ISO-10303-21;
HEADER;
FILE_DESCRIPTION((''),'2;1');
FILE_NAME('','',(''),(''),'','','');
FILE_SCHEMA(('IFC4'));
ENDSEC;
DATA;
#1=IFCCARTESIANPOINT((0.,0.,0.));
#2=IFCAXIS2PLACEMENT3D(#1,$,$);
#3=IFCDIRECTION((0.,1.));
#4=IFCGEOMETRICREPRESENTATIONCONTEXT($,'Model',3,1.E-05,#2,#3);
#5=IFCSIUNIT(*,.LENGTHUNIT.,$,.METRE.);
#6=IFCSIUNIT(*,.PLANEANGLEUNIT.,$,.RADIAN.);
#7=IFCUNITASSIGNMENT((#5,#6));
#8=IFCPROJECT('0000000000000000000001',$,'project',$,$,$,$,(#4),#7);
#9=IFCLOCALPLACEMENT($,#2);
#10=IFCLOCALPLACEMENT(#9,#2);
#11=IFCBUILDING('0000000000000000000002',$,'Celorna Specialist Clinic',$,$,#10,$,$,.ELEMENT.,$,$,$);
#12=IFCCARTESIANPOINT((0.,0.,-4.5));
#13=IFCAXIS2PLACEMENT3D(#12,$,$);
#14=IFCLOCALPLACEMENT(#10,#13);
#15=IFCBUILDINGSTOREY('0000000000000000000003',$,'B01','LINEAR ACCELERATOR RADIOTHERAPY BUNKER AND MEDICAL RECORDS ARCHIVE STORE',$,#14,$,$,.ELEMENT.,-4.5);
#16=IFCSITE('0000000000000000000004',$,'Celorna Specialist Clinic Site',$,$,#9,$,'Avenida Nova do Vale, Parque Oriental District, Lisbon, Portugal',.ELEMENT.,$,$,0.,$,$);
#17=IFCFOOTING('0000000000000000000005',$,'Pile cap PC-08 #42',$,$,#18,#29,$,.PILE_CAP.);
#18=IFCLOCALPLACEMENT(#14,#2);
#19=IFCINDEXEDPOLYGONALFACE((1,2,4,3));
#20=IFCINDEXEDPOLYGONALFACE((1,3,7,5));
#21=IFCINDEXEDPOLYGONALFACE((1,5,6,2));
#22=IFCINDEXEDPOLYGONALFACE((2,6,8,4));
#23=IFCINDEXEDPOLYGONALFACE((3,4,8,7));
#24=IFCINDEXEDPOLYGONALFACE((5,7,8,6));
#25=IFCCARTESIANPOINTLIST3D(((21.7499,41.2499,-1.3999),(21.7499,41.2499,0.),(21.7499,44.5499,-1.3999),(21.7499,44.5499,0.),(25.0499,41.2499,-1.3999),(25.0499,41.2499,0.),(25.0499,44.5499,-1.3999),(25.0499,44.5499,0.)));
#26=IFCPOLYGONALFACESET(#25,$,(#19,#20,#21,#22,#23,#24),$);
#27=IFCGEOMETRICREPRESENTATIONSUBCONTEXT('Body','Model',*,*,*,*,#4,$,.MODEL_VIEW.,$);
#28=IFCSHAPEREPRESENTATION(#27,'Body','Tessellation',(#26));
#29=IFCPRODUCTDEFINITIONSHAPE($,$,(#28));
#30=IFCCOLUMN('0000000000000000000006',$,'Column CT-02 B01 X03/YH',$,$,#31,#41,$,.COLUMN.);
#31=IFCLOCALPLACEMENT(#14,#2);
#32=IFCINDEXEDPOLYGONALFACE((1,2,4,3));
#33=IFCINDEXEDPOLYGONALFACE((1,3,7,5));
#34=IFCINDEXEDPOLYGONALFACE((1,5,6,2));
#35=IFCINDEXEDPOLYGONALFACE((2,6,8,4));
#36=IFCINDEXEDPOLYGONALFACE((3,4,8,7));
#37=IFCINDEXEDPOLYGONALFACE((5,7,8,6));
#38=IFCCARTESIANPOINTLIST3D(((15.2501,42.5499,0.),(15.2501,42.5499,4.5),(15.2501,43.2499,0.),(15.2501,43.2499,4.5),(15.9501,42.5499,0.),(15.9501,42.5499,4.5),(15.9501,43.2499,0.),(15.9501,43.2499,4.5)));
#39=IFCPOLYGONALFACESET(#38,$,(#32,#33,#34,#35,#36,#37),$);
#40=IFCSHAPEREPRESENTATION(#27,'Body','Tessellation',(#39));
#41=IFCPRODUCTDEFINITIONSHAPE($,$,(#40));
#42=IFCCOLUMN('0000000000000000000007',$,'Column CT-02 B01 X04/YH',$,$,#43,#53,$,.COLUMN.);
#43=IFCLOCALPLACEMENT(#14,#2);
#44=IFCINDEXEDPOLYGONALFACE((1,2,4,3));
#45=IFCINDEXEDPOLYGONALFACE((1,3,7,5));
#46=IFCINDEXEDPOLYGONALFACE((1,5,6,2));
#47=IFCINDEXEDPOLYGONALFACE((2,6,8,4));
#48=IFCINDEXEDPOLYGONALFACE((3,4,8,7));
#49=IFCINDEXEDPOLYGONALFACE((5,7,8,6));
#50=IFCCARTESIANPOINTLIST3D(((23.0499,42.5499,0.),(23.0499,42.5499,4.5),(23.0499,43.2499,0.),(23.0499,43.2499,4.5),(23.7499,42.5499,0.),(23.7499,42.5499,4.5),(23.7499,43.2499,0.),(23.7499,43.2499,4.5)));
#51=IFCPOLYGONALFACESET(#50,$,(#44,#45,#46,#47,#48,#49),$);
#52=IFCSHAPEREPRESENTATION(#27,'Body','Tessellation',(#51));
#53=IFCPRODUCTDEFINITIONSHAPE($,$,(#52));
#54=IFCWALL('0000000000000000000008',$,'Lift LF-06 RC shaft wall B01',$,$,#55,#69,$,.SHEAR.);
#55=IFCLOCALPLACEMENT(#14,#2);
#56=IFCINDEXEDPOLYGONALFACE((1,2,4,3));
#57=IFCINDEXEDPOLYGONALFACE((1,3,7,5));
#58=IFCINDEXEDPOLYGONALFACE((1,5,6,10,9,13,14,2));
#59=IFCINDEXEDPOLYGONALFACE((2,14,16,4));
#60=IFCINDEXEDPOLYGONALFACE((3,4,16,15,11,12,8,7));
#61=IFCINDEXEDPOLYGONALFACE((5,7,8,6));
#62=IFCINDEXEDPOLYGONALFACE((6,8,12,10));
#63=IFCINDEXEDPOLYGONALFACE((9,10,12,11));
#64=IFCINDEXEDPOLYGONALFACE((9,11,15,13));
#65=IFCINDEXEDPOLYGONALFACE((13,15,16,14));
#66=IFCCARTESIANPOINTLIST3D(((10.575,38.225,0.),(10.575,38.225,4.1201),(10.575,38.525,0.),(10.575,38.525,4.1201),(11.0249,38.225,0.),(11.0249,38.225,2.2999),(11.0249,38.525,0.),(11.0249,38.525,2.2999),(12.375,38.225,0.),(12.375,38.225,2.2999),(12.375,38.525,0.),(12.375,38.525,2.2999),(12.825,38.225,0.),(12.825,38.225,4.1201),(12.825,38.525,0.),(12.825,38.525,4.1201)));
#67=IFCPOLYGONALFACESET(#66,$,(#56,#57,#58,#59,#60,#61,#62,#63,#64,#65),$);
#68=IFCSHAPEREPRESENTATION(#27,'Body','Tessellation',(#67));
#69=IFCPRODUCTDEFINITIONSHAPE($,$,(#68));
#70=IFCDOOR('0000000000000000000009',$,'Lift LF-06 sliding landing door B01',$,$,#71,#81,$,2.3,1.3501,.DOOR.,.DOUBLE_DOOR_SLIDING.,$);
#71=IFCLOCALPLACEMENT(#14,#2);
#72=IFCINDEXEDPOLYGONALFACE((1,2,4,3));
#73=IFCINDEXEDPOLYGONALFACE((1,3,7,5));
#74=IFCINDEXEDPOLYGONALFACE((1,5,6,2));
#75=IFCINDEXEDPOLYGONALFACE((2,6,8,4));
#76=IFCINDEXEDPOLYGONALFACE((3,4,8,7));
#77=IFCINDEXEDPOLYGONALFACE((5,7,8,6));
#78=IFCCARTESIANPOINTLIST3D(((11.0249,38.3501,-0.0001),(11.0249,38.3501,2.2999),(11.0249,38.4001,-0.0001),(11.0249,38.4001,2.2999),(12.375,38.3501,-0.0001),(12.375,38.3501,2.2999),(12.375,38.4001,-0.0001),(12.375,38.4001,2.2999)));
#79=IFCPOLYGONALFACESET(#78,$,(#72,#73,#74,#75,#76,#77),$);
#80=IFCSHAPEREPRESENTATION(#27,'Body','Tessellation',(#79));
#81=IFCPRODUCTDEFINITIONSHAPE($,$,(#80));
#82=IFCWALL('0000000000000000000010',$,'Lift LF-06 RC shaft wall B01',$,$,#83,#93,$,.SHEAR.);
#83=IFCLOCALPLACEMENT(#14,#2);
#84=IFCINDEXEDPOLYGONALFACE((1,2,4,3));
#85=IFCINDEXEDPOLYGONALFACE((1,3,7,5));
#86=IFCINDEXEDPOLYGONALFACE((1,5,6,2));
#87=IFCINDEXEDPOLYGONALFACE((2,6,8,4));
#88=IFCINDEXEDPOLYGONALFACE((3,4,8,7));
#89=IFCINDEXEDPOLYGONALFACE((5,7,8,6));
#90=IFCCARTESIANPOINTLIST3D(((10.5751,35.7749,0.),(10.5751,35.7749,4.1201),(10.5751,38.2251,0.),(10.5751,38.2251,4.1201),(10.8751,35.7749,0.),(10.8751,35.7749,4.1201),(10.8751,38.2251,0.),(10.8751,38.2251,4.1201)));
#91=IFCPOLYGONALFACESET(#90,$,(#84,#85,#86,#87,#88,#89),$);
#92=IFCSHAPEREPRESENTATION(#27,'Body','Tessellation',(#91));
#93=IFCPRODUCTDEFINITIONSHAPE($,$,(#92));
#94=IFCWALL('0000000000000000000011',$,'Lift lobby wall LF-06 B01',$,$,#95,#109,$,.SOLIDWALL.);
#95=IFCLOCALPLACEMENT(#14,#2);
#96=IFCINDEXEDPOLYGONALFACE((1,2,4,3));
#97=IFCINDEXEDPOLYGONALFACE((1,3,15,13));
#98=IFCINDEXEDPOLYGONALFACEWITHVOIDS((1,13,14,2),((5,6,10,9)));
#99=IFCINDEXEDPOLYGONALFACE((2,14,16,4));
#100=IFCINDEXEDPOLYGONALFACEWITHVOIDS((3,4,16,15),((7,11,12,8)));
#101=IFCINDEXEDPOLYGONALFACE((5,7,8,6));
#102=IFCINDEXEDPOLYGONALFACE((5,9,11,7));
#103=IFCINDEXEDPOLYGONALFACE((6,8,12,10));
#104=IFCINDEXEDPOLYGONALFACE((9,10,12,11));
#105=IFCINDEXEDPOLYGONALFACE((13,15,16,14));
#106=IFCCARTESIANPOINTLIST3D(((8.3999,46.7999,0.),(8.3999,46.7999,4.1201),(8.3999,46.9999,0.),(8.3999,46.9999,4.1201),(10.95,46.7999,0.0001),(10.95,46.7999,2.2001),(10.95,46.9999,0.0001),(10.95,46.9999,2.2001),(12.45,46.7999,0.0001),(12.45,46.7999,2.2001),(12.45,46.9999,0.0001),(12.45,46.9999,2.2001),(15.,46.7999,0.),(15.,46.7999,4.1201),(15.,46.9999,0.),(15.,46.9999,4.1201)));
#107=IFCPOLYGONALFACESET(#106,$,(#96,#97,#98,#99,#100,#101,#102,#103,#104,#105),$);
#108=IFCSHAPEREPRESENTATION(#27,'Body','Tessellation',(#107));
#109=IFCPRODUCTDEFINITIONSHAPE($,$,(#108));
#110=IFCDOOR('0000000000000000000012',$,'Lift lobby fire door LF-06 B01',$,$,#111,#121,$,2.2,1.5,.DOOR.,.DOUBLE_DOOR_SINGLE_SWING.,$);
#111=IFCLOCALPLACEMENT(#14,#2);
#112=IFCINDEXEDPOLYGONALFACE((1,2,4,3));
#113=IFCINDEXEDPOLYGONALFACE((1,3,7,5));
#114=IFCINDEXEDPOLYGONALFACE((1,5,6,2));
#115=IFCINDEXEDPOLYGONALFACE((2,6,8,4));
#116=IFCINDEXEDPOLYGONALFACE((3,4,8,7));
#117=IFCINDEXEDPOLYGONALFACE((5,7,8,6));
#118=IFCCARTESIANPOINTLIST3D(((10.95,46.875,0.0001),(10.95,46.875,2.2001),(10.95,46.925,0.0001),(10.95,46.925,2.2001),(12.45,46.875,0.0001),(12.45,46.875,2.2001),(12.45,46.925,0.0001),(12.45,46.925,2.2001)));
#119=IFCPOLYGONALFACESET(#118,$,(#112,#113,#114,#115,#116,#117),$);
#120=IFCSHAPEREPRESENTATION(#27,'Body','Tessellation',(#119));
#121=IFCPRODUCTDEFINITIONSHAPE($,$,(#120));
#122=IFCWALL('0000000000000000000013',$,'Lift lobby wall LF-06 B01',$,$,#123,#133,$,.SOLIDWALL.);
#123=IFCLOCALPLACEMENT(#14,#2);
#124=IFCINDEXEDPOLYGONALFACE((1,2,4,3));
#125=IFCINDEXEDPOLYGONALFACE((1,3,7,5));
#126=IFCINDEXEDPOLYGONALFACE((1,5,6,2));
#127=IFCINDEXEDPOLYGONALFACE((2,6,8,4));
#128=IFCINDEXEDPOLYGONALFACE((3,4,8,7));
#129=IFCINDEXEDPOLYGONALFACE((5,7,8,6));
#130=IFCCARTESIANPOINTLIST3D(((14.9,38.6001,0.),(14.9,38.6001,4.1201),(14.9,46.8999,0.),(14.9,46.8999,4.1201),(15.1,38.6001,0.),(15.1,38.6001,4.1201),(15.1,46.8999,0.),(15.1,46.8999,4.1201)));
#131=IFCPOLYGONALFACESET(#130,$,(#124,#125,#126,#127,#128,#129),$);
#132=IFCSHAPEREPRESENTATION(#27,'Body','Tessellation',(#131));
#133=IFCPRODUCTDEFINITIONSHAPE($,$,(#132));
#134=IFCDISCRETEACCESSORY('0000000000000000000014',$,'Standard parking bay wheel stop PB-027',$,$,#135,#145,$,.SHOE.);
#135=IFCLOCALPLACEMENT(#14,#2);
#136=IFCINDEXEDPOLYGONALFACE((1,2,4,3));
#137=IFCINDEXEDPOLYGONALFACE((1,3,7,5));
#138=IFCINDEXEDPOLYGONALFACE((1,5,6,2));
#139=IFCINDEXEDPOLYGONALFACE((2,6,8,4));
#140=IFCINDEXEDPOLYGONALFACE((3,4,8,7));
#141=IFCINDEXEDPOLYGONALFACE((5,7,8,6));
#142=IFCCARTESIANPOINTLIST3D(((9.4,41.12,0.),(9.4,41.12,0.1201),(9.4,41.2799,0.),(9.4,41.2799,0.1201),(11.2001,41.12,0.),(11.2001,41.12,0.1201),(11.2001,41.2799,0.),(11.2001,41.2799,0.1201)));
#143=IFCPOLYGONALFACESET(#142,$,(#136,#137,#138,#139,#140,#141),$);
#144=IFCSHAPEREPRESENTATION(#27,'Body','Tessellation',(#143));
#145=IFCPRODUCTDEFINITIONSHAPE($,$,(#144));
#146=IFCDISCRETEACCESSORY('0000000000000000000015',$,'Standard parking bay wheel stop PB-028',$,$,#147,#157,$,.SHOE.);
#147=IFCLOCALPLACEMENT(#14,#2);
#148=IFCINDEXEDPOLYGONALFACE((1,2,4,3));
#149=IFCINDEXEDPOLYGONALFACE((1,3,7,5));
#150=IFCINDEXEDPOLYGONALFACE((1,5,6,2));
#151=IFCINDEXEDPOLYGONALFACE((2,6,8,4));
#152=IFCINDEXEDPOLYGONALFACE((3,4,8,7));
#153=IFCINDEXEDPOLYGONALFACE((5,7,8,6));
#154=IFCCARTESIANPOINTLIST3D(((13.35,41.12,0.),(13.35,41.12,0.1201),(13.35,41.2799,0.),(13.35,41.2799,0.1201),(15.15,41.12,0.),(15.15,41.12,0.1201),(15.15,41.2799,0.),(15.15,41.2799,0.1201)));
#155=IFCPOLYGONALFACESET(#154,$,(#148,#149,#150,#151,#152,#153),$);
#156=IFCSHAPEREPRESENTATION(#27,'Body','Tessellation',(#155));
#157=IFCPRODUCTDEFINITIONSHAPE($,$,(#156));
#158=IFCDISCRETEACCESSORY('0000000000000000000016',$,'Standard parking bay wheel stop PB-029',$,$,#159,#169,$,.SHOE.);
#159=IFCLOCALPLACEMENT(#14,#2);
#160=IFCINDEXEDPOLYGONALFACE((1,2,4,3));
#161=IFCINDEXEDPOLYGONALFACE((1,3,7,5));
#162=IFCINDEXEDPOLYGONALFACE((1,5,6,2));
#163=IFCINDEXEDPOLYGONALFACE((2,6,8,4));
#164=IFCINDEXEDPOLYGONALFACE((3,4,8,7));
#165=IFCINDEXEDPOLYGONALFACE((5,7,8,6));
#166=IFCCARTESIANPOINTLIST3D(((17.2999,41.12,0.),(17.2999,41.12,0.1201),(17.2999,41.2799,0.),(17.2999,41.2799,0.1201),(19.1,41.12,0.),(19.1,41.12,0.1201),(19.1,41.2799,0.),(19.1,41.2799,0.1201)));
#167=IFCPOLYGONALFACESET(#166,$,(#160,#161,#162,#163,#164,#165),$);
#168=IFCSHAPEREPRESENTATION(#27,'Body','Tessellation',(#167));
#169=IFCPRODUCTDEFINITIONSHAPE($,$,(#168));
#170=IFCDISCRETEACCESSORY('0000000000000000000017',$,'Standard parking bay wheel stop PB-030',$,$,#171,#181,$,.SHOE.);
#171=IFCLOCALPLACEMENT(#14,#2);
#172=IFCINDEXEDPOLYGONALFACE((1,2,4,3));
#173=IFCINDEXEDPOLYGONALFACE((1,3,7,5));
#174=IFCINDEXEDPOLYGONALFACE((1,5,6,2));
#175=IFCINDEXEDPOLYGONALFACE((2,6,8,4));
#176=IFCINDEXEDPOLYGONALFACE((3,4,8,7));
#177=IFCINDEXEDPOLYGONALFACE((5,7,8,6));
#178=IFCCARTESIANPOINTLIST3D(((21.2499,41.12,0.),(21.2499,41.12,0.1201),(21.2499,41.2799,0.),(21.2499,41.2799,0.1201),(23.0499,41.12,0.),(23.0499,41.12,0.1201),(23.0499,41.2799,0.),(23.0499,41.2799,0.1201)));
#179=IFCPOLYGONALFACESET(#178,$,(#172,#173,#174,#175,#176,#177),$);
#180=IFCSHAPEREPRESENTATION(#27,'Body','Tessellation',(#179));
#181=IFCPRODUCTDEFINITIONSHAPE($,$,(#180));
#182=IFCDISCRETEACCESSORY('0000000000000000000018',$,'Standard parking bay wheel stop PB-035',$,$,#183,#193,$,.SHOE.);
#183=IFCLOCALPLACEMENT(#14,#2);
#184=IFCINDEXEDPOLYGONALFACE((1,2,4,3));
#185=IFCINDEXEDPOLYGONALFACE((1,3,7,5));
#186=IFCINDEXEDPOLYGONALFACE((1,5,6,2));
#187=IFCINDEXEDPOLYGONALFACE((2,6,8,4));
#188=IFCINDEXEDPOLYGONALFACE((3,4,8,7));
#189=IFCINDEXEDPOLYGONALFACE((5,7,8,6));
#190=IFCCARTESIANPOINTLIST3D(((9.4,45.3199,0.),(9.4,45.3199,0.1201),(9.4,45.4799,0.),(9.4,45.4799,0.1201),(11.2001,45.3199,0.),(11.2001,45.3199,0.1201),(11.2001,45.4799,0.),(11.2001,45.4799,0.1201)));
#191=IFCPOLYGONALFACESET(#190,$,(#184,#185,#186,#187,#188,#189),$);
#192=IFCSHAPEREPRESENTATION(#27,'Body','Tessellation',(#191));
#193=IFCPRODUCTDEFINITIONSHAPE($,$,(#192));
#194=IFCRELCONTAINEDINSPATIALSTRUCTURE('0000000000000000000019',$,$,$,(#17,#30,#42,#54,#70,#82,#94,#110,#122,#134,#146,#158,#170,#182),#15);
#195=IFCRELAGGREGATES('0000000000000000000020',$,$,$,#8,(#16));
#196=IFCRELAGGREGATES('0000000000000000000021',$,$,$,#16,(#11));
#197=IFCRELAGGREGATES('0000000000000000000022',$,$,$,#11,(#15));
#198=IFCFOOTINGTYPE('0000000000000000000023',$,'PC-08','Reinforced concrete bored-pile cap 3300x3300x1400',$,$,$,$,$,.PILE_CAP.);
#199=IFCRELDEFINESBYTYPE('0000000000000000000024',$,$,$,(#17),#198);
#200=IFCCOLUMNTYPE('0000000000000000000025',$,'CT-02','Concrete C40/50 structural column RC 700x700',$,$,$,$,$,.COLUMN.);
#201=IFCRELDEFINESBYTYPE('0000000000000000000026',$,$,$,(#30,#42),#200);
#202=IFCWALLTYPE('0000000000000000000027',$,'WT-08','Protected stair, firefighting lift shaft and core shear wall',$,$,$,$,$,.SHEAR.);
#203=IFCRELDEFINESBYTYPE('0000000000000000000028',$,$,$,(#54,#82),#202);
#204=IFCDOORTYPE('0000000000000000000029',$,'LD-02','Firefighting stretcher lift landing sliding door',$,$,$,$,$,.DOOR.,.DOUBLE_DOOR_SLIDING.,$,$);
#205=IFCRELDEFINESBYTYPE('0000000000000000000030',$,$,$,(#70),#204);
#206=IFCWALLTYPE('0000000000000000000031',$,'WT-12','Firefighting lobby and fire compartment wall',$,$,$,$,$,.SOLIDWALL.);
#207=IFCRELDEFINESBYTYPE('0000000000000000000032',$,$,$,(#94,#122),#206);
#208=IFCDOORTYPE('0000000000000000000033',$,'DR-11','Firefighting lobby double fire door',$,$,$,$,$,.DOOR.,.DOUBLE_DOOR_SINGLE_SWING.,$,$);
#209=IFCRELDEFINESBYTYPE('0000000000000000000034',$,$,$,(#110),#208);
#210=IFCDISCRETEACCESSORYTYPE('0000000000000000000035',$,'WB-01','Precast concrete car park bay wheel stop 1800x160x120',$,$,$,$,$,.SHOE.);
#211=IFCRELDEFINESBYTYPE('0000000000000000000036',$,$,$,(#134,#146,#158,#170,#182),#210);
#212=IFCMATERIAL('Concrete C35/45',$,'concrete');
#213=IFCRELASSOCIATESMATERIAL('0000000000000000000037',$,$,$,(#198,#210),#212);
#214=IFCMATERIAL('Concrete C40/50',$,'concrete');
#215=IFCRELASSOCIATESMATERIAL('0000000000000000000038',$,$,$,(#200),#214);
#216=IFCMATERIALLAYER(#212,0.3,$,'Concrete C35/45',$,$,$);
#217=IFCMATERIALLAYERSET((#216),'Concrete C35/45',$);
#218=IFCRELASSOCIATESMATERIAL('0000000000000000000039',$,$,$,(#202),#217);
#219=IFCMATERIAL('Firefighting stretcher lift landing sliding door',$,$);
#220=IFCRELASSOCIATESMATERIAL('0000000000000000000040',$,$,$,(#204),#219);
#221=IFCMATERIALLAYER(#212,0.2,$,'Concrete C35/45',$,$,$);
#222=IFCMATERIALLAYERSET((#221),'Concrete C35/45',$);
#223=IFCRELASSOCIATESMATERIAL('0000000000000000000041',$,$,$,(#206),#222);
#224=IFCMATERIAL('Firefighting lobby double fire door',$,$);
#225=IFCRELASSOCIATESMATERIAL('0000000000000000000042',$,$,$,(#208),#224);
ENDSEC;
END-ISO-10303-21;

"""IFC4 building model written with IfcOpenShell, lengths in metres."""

from ifc_helpers import new_model, si_unit, direction, frame, frame_2d, origin, origin_2d, place, context, subcontext, project, spatial, rectangle, extrude, material, layer, layer_set, material_profile, profile_set, type_object, element, fill, save


model = new_model("IFC4")

# Units and contexts
model_context = context("Model", 3, precision=1e-05, world=origin(), true_north=direction((0.0, 1.0)))
body_context = subcontext(model_context, "Body", "Model", "MODEL_VIEW")
ifc_project = project(units=[si_unit("LENGTHUNIT", "METRE"), si_unit("PLANEANGLEUNIT", "RADIAN")], contexts=[model_context])

# Site, building, storey
site_placement = place(None, origin())
site = spatial("IfcSite", under=ifc_project, at=site_placement, Name="Celorna Specialist Clinic Site", LongName="Avenida Nova do Vale, Parque Oriental District, Lisbon, Portugal", CompositionType="ELEMENT", RefElevation=0.0)
building_placement = place(site_placement, origin())
building = spatial("IfcBuilding", under=site, at=building_placement, Name="Celorna Specialist Clinic", CompositionType="ELEMENT")
storey_placement = place(building_placement, frame((0.0, 0.0, -4.5)))
storey = spatial("IfcBuildingStorey", under=building, at=storey_placement, Name="B01", Description="LINEAR ACCELERATOR RADIOTHERAPY BUNKER AND MEDICAL RECORDS ARCHIVE STORE", CompositionType="ELEMENT", Elevation=-4.5)

# Shared definitions
ifc_material_1 = material(Name="Concrete C35/45", Category="concrete")

# Footing
footing_type_1 = type_object("IfcFootingType", Name="PC-08", Description="Reinforced concrete bored-pile cap 3300x3300x1400", PredefinedType="PILE_CAP", material=ifc_material_1)
for number, where, z_axis, x_axis, name in (
    (1, (23.3999, 42.8999, -1.3999), (0.0, 0.0, 1.0), (1.0, 0.0, 0.0), "Pile cap PC-08 #42"),
):
    element("IfcFooting", number, at=place(storey_placement, frame(where, z_axis=z_axis, x_axis=x_axis)), inside=storey, type_object=footing_type_1, Name=name, PredefinedType="PILE_CAP", context=body_context, shape_type="SweptSolid", body=[
        extrude(rectangle(XDim=3.3, YDim=3.3, at=origin_2d()), origin(), (0.0, 0.0, 1.0), 1.3999),
    ])

# Columns
ifc_material_2 = material(Name="Concrete C40/50", Category="concrete")
ifc_material_profile_1 = material_profile(ifc_material_2, rectangle(XDim=0.7, YDim=0.7, at=origin_2d()), Name="RC 700x700")
ifc_profile_set_1 = profile_set([ifc_material_profile_1], Name="Concrete C40/50")
column_type = type_object("IfcColumnType", Name="CT-02", Description="Concrete C40/50 structural column RC 700x700", PredefinedType="COLUMN", material=ifc_profile_set_1)
for number, where, z_axis, x_axis, name in (
    (2, (15.6001, 42.8999, 0.0), (0.0, 0.0, 1.0), (1.0, 0.0, 0.0), "Column CT-02 B01 X03/YH"),
    (3, (23.3999, 42.8999, 0.0), (0.0, 0.0, 1.0), (1.0, 0.0, 0.0), "Column CT-02 B01 X04/YH"),
):
    element("IfcColumn", number, at=place(storey_placement, frame(where, z_axis=z_axis, x_axis=x_axis)), inside=storey, type_object=column_type, Name=name, PredefinedType="COLUMN", context=body_context, shape_type="SweptSolid", body=[
        extrude(rectangle(XDim=0.7, YDim=0.7, at=origin_2d()), origin(), (0.0, 0.0, 1.0), 4.5),
    ])

# Wall, opening, door
ifc_layer_1 = layer(ifc_material_1, 0.3, Name="Concrete C35/45")
ifc_layer_set_1 = layer_set([ifc_layer_1], Name="Concrete C35/45")
wall_type_1 = type_object("IfcWallType", Name="WT-08", Description="Protected stair, firefighting lift shaft and core shear wall", PredefinedType="SHEAR", material=ifc_layer_set_1)
wall_1_placement = place(storey_placement, frame((12.825, 38.375, 0.0), z_axis=(0.0, 0.0, 1.0), x_axis=(-1.0, 0.0, 0.0)))
wall_1 = element("IfcWall", 4, at=wall_1_placement, inside=storey, type_object=wall_type_1, Name="Lift LF-06 RC shaft wall B01", PredefinedType="SHEAR", context=body_context, shape_type="SweptSolid", body=[
    extrude(rectangle(XDim=2.25, YDim=0.3, at=frame_2d((1.125, 0.0))), origin(), (0.0, 0.0, 1.0), 4.1201),
])
opening_1_placement = place(wall_1_placement, frame((0.45, 0.0, 0.0)))
opening_1 = element("IfcOpeningElement", 5, at=opening_1_placement, cuts=wall_1, PredefinedType="OPENING", context=body_context, shape_type="SweptSolid", body=[
    extrude(rectangle(XDim=1.3501, YDim=2.3, at=frame_2d((0.675, 1.1499))), frame((0.0, 0.1599, 0.0), z_axis=(0.0, -1.0, 0.0), x_axis=(1.0, 0.0, 0.0)), (0.0, 0.0, 1.0), 0.3201),
])
ifc_material_3 = material(Name="Firefighting stretcher lift landing sliding door")
door_type_1 = type_object("IfcDoorType", Name="LD-02", Description="Firefighting stretcher lift landing sliding door", OperationType="DOUBLE_DOOR_SLIDING", PredefinedType="DOOR", material=ifc_material_3)
door_1_placement = place(opening_1_placement, origin())
door_1 = element("IfcDoor", 6, at=door_1_placement, inside=storey, type_object=door_type_1, Name="Lift LF-06 sliding landing door B01", OperationType="DOUBLE_DOOR_SLIDING", OverallHeight=2.3, OverallWidth=1.3501, PredefinedType="DOOR", context=body_context, shape_type="SweptSolid", body=[
    extrude(rectangle(XDim=1.3501, YDim=2.3, at=frame_2d((0.675, 1.1499))), frame((0.0, 0.0249, 0.0), z_axis=(0.0, -1.0, 0.0), x_axis=(1.0, 0.0, 0.0)), (0.0, 0.0, 1.0), 0.05),
])
fill(opening_1, door_1)

# Wall
wall_2_placement = place(storey_placement, frame((10.7251, 38.2251, 0.0), z_axis=(0.0, 0.0, 1.0), x_axis=(0.0, -1.0, 0.0)))
element("IfcWall", 7, at=wall_2_placement, inside=storey, type_object=wall_type_1, Name="Lift LF-06 RC shaft wall B01", PredefinedType="SHEAR", context=body_context, shape_type="SweptSolid", body=[
    extrude(rectangle(XDim=2.4502, YDim=0.3, at=frame_2d((1.2251, 0.0))), origin(), (0.0, 0.0, 1.0), 4.1201),
])

# Wall, opening, door
ifc_layer_2 = layer(ifc_material_1, 0.2, Name="Concrete C35/45")
ifc_layer_set_2 = layer_set([ifc_layer_2], Name="Concrete C35/45")
wall_type_2 = type_object("IfcWallType", Name="WT-12", Description="Firefighting lobby and fire compartment wall", PredefinedType="SOLIDWALL", material=ifc_layer_set_2)
wall_3_placement = place(storey_placement, frame((15.0, 46.8999, 0.0), z_axis=(0.0, 0.0, 1.0), x_axis=(-1.0, 0.0, 0.0)))
wall_3 = element("IfcWall", 8, at=wall_3_placement, inside=storey, type_object=wall_type_2, Name="Lift lobby wall LF-06 B01", PredefinedType="SOLIDWALL", context=body_context, shape_type="SweptSolid", body=[
    extrude(rectangle(XDim=6.6001, YDim=0.2, at=frame_2d((3.3, 0.0))), origin(), (0.0, 0.0, 1.0), 4.1201),
])
opening_2_placement = place(wall_3_placement, frame((2.55, 0.0, 0.0)))
opening_2 = element("IfcOpeningElement", 9, at=opening_2_placement, cuts=wall_3, PredefinedType="OPENING", context=body_context, shape_type="SweptSolid", body=[
    extrude(rectangle(XDim=1.5, YDim=2.2, at=frame_2d((0.75, 1.1001))), frame((0.0, 0.1099, 0.0), z_axis=(0.0, -1.0, 0.0), x_axis=(1.0, 0.0, 0.0)), (0.0, 0.0, 1.0), 0.22),
])
ifc_material_4 = material(Name="Firefighting lobby double fire door")
door_type_2 = type_object("IfcDoorType", Name="DR-11", Description="Firefighting lobby double fire door", OperationType="DOUBLE_DOOR_SINGLE_SWING", PredefinedType="DOOR", material=ifc_material_4)
door_2_placement = place(opening_2_placement, origin())
door_2 = element("IfcDoor", 10, at=door_2_placement, inside=storey, type_object=door_type_2, Name="Lift lobby fire door LF-06 B01", OperationType="DOUBLE_DOOR_SINGLE_SWING", OverallHeight=2.2, OverallWidth=1.5, PredefinedType="DOOR", context=body_context, shape_type="SweptSolid", body=[
    extrude(rectangle(XDim=1.5, YDim=2.2, at=frame_2d((0.75, 1.1001))), frame((0.0, 0.0249, 0.0), z_axis=(0.0, -1.0, 0.0), x_axis=(1.0, 0.0, 0.0)), (0.0, 0.0, 1.0), 0.05),
])
fill(opening_2, door_2)

# Wall
wall_4_placement = place(storey_placement, frame((15.0, 38.6001, 0.0), z_axis=(0.0, 0.0, 1.0), x_axis=(0.0, 1.0, 0.0)))
element("IfcWall", 11, at=wall_4_placement, inside=storey, type_object=wall_type_2, Name="Lift lobby wall LF-06 B01", PredefinedType="SOLIDWALL", context=body_context, shape_type="SweptSolid", body=[
    extrude(rectangle(XDim=8.2998, YDim=0.2, at=frame_2d((4.1499, 0.0))), origin(), (0.0, 0.0, 1.0), 4.1201),
])

# Discrete accessories
discrete_accessory_type = type_object("IfcDiscreteAccessoryType", Name="WB-01", Description="Precast concrete car park bay wheel stop 1800x160x120", PredefinedType="SHOE", material=ifc_material_1)
for number, where, z_axis, x_axis, name in (
    (12, (10.3, 41.2, 0.0), (0.0, 0.0, 1.0), (1.0, 0.0, 0.0), "Standard parking bay wheel stop PB-027"),
    (13, (14.25, 41.2, 0.0), (0.0, 0.0, 1.0), (1.0, 0.0, 0.0), "Standard parking bay wheel stop PB-028"),
    (14, (18.2, 41.2, 0.0), (0.0, 0.0, 1.0), (1.0, 0.0, 0.0), "Standard parking bay wheel stop PB-029"),
    (15, (22.1499, 41.2, 0.0), (0.0, 0.0, 1.0), (1.0, 0.0, 0.0), "Standard parking bay wheel stop PB-030"),
    (16, (10.3, 45.3999, 0.0), (0.0, 0.0, 1.0), (1.0, 0.0, 0.0), "Standard parking bay wheel stop PB-035"),
):
    element("IfcDiscreteAccessory", number, at=place(storey_placement, frame(where, z_axis=z_axis, x_axis=x_axis)), inside=storey, type_object=discrete_accessory_type, Name=name, PredefinedType="SHOE", context=body_context, shape_type="SweptSolid", body=[
        extrude(rectangle(XDim=1.8, YDim=0.1599, at=origin_2d()), origin(), (0.0, 0.0, 1.0), 0.1201),
    ])

save(model, "model.ifc")
